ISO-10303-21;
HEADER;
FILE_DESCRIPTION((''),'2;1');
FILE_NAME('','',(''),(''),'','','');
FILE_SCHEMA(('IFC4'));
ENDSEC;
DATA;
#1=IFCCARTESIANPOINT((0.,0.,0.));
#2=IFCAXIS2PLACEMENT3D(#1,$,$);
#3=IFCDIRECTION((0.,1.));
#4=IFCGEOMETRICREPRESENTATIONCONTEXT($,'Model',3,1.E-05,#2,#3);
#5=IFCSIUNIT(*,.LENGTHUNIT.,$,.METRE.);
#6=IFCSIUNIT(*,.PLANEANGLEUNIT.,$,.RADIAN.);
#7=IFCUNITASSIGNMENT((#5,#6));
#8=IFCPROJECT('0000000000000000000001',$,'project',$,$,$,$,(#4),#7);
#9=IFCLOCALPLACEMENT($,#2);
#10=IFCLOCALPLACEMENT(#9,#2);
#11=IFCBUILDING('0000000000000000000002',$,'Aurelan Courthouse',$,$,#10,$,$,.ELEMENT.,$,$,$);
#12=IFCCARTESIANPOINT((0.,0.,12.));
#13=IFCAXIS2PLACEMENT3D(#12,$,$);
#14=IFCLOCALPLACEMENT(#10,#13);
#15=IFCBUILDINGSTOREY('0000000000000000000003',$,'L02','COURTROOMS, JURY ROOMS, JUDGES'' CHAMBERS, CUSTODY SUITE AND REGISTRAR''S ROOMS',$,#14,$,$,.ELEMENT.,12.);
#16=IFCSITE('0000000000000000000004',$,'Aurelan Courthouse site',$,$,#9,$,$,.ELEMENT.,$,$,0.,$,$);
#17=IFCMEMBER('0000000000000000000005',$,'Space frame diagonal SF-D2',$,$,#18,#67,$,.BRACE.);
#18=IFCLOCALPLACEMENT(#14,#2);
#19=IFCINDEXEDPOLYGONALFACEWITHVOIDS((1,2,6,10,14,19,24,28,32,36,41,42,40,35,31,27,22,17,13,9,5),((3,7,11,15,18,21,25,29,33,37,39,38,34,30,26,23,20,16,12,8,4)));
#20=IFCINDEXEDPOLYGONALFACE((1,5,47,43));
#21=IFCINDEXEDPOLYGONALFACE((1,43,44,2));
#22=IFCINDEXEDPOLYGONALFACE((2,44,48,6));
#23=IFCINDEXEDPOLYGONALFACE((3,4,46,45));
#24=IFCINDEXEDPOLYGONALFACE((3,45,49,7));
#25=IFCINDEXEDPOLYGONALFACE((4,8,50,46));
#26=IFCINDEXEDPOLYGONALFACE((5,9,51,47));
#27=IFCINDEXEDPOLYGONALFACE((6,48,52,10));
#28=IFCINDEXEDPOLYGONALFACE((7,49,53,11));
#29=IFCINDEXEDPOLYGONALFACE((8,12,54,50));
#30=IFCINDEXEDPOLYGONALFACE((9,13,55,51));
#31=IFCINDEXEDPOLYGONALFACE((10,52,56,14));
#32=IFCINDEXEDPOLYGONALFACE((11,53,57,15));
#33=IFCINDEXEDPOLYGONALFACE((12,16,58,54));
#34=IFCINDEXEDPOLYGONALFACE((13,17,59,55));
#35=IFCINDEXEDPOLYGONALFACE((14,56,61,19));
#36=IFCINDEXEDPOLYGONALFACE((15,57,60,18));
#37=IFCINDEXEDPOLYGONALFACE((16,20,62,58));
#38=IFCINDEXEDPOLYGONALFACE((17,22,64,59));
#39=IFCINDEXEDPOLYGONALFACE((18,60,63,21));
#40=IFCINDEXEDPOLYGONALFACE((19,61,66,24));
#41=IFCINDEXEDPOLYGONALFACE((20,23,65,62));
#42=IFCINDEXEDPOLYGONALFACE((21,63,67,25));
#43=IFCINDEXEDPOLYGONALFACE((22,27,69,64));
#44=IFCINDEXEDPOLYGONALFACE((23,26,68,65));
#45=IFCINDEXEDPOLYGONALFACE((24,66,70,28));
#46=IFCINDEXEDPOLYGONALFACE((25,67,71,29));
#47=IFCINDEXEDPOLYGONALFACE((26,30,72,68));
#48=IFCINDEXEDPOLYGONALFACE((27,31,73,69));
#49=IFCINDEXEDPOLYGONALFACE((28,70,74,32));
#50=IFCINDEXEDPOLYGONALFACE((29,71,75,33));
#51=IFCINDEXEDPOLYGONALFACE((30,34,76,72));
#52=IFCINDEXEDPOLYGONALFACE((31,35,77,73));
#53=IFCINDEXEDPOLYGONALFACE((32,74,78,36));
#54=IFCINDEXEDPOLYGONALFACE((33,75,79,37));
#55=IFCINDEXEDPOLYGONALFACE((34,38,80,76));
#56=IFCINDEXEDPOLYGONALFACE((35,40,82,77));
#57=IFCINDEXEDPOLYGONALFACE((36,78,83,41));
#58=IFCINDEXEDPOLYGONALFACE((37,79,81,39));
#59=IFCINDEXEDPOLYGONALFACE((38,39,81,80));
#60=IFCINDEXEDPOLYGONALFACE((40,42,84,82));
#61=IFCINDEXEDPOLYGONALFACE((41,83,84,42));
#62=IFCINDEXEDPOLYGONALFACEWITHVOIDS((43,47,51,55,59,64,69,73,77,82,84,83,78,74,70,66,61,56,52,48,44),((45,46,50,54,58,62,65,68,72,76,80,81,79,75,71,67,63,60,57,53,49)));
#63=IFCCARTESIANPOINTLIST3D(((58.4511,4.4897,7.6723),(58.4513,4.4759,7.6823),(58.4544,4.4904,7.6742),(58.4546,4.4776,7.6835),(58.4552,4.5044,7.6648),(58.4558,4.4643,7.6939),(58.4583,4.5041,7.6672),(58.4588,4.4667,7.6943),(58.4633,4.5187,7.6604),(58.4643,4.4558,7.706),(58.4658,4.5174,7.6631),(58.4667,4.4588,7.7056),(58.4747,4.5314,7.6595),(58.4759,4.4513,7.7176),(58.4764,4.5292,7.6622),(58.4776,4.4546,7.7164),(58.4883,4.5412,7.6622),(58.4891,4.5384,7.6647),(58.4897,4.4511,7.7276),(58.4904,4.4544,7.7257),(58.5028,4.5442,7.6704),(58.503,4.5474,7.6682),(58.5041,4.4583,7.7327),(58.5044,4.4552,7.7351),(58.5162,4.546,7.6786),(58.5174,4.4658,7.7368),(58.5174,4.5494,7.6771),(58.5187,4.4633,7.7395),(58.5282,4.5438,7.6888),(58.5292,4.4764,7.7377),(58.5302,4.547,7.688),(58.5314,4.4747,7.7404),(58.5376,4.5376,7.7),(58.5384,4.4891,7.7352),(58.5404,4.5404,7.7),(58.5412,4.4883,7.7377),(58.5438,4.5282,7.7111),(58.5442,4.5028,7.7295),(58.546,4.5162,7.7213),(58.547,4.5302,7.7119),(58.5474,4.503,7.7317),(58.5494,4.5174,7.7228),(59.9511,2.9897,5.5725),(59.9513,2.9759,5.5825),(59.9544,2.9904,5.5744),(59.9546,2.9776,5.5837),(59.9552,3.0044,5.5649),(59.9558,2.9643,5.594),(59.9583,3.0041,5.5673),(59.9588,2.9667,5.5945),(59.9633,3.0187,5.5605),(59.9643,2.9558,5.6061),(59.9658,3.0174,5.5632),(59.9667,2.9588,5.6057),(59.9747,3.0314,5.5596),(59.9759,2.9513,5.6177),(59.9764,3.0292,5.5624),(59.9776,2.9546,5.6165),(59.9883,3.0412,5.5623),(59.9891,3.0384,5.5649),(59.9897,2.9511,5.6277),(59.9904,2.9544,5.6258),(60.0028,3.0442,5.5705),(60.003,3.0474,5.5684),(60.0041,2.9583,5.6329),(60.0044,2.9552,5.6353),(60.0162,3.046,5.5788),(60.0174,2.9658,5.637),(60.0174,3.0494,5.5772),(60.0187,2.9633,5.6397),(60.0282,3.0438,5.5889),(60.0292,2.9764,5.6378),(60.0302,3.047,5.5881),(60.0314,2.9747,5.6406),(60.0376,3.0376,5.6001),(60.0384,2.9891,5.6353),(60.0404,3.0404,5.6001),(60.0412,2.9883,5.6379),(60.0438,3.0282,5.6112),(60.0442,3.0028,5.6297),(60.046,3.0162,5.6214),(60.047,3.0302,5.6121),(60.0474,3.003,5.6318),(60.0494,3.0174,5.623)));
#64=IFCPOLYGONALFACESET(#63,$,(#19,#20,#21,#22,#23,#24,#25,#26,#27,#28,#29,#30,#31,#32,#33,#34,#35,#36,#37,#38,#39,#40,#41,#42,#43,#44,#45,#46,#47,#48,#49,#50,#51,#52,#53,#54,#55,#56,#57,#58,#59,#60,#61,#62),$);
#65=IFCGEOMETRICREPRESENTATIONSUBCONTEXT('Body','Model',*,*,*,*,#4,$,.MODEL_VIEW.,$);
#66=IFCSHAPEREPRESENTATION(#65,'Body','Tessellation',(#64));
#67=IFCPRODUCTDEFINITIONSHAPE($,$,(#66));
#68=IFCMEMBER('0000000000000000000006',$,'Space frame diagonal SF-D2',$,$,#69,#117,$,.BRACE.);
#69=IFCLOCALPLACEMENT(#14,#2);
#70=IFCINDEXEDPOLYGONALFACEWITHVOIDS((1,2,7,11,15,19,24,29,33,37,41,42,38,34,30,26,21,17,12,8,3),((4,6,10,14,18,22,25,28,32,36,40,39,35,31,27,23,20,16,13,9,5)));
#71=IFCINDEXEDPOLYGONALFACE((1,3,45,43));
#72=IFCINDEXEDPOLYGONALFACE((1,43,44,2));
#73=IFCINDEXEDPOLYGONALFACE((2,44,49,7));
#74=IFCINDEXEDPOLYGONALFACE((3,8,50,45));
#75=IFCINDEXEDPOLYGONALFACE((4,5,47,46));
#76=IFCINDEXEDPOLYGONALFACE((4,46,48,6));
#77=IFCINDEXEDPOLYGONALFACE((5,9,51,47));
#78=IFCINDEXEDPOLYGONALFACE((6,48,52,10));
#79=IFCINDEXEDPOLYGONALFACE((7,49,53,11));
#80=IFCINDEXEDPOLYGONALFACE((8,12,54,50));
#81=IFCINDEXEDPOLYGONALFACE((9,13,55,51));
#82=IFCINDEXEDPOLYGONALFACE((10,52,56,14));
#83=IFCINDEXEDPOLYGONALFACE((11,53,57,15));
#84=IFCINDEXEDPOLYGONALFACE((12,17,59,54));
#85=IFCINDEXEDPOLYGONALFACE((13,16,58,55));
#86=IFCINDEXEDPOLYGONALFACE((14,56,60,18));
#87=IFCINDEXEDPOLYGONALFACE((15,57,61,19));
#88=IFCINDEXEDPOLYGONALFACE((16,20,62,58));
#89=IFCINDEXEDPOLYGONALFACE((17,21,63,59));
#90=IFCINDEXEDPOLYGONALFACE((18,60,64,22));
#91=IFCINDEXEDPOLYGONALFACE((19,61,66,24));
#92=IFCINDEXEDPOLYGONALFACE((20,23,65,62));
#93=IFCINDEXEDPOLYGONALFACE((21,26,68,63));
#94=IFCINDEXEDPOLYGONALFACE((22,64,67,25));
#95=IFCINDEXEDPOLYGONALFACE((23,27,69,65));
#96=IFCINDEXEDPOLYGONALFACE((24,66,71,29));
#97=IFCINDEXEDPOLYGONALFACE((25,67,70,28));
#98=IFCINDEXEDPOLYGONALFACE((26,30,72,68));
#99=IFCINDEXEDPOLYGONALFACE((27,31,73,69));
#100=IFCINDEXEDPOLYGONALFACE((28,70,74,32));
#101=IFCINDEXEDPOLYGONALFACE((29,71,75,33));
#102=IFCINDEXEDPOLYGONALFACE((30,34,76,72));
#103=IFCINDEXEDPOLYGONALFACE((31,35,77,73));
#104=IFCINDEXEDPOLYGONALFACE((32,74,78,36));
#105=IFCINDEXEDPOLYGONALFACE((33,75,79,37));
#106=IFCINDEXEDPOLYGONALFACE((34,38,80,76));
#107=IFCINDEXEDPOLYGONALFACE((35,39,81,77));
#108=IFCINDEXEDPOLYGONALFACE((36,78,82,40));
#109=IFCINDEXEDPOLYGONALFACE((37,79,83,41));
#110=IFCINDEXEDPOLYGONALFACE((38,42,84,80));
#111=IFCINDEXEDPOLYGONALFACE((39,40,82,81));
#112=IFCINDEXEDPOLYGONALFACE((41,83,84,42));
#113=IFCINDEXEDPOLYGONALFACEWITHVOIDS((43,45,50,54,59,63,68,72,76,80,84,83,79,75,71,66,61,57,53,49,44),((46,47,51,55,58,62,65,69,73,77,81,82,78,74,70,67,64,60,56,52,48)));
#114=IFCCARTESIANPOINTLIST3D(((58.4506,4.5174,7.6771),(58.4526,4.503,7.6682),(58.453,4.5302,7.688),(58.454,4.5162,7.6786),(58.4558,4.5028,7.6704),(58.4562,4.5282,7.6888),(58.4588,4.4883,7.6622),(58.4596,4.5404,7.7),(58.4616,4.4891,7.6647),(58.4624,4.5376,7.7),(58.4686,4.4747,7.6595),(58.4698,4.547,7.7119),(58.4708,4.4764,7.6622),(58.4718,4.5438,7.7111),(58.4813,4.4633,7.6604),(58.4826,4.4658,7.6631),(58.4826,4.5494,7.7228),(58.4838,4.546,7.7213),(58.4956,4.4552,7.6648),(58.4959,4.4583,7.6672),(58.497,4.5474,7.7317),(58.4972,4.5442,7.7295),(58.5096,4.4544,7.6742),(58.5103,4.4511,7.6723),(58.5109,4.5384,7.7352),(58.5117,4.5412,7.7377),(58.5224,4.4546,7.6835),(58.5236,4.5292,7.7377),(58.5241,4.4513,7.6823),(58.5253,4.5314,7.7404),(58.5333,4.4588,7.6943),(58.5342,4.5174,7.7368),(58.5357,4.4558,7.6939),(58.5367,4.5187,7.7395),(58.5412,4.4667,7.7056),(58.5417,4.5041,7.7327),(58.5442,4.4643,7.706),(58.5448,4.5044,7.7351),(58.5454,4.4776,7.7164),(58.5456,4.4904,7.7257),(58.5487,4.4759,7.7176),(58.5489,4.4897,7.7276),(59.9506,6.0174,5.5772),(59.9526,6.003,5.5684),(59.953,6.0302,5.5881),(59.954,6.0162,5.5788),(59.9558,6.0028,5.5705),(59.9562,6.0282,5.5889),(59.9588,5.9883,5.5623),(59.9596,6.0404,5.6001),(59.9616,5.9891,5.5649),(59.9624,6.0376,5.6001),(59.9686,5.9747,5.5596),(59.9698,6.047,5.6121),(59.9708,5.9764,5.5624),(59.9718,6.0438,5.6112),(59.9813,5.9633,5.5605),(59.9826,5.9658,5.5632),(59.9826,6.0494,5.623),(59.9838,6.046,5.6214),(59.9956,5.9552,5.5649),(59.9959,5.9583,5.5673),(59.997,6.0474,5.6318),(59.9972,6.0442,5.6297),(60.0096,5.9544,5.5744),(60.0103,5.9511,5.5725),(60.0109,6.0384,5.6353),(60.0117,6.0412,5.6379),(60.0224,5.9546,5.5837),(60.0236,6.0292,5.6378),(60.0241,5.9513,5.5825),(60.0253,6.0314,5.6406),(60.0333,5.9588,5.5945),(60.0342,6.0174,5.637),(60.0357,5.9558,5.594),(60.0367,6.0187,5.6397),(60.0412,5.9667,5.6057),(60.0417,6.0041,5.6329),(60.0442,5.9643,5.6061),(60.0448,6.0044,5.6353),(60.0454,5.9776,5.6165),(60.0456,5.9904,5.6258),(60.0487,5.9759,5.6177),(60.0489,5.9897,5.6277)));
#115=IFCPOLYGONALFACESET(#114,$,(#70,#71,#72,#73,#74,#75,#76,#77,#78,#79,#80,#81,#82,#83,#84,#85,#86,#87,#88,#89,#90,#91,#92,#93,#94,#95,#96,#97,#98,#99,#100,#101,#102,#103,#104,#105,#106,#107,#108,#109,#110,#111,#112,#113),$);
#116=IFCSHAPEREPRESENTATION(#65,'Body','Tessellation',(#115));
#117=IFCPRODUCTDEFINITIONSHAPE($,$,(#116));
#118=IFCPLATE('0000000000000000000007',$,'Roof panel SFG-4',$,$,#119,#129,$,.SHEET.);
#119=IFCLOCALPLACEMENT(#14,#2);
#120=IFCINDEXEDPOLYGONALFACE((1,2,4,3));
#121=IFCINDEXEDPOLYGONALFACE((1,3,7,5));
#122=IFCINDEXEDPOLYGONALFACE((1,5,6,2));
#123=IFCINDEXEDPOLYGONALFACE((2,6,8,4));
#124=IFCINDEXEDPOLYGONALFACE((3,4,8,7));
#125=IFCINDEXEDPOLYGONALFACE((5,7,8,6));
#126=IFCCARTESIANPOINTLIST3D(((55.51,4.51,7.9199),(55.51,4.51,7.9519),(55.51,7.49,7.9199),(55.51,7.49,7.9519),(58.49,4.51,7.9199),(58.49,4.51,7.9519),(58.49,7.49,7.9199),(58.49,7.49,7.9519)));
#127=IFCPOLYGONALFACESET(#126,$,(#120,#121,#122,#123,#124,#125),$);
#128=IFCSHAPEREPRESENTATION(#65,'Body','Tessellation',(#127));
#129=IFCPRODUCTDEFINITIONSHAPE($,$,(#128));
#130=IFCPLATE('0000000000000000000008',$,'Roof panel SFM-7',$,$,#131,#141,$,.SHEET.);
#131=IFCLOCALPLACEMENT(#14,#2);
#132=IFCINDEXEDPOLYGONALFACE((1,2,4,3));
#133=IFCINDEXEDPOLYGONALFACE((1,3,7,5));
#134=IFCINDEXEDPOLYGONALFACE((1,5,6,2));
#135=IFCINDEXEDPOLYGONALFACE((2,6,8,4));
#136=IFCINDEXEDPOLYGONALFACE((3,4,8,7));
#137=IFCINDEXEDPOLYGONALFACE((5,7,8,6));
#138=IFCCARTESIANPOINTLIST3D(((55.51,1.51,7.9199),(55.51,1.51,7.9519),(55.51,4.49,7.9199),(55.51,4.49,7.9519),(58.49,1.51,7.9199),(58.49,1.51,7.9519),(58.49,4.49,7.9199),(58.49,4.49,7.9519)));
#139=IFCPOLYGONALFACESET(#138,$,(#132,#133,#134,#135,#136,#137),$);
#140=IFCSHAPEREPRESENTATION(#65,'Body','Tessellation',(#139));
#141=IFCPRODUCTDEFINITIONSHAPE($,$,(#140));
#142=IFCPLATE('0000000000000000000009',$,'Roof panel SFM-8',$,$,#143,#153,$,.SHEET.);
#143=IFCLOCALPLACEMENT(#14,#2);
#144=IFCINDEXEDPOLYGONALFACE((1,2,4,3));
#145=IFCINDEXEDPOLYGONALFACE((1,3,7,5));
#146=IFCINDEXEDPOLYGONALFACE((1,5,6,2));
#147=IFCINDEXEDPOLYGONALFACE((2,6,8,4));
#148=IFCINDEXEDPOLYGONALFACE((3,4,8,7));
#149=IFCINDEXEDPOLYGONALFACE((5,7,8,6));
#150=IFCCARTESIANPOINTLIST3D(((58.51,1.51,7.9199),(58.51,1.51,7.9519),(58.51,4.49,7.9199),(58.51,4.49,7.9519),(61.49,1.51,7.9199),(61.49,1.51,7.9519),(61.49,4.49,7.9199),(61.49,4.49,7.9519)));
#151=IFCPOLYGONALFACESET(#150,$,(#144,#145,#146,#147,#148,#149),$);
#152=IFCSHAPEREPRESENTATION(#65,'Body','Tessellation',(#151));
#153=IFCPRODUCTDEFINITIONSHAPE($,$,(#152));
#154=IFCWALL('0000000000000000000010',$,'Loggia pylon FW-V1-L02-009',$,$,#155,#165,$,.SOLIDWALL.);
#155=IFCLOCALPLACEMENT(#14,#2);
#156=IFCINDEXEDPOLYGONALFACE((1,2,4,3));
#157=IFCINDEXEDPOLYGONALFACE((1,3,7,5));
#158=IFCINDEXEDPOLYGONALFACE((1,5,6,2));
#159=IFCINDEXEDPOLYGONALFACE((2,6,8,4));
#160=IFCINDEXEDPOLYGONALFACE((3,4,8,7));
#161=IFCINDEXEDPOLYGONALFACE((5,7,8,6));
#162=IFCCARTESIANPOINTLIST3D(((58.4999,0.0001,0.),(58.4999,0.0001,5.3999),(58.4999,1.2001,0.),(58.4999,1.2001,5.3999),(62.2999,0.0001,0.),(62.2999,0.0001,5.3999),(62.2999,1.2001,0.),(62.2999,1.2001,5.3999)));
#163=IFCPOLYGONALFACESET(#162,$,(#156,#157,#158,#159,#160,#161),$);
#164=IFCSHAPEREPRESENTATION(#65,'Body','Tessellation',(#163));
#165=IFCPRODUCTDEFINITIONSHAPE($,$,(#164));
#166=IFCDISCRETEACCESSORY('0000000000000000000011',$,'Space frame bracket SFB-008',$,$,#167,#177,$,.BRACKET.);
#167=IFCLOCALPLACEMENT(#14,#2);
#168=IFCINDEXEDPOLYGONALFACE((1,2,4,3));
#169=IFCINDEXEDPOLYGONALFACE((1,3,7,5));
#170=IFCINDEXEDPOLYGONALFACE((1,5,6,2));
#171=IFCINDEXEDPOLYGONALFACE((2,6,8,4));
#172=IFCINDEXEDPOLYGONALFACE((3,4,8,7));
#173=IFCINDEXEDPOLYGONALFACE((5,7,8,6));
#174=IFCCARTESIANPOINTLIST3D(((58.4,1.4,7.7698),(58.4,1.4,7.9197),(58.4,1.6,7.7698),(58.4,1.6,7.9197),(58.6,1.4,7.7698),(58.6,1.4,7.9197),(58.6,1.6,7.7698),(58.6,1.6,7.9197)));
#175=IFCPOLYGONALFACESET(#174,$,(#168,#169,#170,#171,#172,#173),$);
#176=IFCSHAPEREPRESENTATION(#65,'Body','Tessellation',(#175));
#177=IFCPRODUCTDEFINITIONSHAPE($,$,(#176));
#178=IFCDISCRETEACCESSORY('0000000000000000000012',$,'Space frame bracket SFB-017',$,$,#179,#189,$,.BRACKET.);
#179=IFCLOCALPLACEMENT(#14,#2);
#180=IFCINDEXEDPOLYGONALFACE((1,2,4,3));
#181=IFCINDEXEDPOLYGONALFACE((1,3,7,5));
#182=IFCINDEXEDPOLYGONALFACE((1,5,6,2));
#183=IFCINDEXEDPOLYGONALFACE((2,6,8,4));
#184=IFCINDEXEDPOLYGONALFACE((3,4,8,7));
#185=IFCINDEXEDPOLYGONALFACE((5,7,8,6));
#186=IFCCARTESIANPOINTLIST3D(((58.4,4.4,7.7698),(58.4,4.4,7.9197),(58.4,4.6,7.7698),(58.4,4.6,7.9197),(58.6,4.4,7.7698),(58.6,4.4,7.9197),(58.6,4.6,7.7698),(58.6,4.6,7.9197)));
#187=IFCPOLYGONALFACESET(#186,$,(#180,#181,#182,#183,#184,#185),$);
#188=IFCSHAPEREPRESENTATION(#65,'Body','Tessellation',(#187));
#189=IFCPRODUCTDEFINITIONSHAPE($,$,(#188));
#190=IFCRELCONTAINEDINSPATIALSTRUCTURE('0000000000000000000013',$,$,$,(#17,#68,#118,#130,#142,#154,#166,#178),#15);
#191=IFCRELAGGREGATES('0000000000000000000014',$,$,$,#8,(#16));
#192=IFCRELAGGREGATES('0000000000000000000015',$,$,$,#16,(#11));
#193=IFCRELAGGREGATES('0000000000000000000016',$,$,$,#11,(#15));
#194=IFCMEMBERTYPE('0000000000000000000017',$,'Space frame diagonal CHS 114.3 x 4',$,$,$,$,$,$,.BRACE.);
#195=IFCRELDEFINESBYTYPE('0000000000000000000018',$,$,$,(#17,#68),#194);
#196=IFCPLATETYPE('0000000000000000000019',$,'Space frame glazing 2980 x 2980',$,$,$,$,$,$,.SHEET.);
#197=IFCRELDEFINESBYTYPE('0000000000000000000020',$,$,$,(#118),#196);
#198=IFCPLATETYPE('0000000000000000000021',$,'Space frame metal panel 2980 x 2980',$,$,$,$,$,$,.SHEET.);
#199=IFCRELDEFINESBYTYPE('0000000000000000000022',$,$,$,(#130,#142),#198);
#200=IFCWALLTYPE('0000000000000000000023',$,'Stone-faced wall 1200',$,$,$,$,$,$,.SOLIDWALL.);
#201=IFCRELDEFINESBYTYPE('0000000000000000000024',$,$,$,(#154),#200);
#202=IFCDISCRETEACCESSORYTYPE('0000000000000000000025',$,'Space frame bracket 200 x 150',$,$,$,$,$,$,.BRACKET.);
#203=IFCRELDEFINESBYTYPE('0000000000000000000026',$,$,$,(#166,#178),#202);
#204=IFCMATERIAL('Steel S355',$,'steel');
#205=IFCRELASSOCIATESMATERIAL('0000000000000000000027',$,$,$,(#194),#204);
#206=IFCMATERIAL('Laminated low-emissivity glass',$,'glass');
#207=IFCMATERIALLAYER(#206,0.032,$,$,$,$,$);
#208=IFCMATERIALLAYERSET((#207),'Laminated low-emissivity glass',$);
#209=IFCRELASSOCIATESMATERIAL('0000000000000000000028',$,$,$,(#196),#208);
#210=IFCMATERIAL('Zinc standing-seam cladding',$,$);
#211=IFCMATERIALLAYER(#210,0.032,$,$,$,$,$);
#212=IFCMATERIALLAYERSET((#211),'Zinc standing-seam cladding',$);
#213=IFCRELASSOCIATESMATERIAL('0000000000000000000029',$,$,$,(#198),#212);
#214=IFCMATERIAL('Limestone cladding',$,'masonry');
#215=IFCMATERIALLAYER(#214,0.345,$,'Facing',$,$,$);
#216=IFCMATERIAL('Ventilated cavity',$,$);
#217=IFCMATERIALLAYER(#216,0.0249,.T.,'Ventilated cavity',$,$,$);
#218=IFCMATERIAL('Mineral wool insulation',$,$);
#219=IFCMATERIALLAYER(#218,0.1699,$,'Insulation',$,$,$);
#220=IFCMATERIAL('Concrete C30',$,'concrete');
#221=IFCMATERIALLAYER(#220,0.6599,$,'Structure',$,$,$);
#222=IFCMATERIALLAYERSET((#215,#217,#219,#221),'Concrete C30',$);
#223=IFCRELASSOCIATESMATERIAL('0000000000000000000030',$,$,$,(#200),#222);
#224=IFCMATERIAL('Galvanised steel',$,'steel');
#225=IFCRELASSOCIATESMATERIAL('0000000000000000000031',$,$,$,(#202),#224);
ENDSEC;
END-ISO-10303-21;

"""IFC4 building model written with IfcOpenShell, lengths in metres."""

from ifc_helpers import new_model, si_unit, direction, frame, frame_2d, origin, origin_2d, place, context, subcontext, project, spatial, rectangle, hollow_circle, extrude, material, layer, layer_set, material_profile, profile_set, type_object, element, save


model = new_model("IFC4")

# Units and contexts
model_context = context("Model", 3, precision=1e-05, world=origin(), true_north=direction((0.0, 1.0)))
body_context = subcontext(model_context, "Body", "Model", "MODEL_VIEW")
ifc_project = project(units=[si_unit("LENGTHUNIT", "METRE"), si_unit("PLANEANGLEUNIT", "RADIAN")], contexts=[model_context])

# Site, building, storey
site_placement = place(None, origin())
site = spatial("IfcSite", under=ifc_project, at=site_placement, Name="Aurelan Courthouse site", CompositionType="ELEMENT", RefElevation=0.0)
building_placement = place(site_placement, origin())
building = spatial("IfcBuilding", under=site, at=building_placement, Name="Aurelan Courthouse", CompositionType="ELEMENT")
storey_placement = place(building_placement, frame((0.0, 0.0, 12.0)))
storey = spatial("IfcBuildingStorey", under=building, at=storey_placement, Name="L02", Description="COURTROOMS, JURY ROOMS, JUDGES' CHAMBERS, CUSTODY SUITE AND REGISTRAR'S ROOMS", CompositionType="ELEMENT", Elevation=12.0)

# Members
ifc_material_1 = material(Name="Steel S355", Category="steel")
ifc_material_profile_1 = material_profile(ifc_material_1, hollow_circle(Radius=0.0571, WallThickness=0.0039, at=origin_2d()), Name="CHS 114.3 x 4")
ifc_profile_set_1 = profile_set([ifc_material_profile_1], Name="Steel S355")
member_type_1 = type_object("IfcMemberType", Name="Space frame diagonal CHS 114.3 x 4", PredefinedType="BRACE", material=ifc_profile_set_1)
for number, where, z_axis, x_axis, name in (
    (1, (58.5, 4.5, 7.7), (0.502536, -0.502536, -0.703502), (0.707107, 0.707107, 0.0), "Space frame diagonal SF-D2"),
    (2, (58.5, 4.5, 7.7), (0.502536, 0.502536, -0.703502), (-0.707107, 0.707107, 0.0), "Space frame diagonal SF-D2"),
):
    element("IfcMember", number, at=place(storey_placement, frame(where, z_axis=z_axis, x_axis=x_axis)), inside=storey, type_object=member_type_1, Name=name, PredefinedType="BRACE", context=body_context, shape_type="SweptSolid", body=[
        extrude(hollow_circle(Radius=0.0571, WallThickness=0.0039, at=origin_2d()), origin(), (0.0, 0.0, 1.0), 2.9849),
    ])

# Plates
ifc_material_2 = material(Name="Laminated low-emissivity glass", Category="glass")
ifc_layer_1 = layer(ifc_material_2, 0.032)
ifc_layer_set_1 = layer_set([ifc_layer_1], Name="Laminated low-emissivity glass")
plate_type_1 = type_object("IfcPlateType", Name="Space frame glazing 2980 x 2980", PredefinedType="SHEET", material=ifc_layer_set_1)
plate_placement = place(storey_placement, frame((57.0, 6.0, 7.9199), z_axis=(0.0, 0.0, 1.0), x_axis=(1.0, 0.0, 0.0)))
element("IfcPlate", 3, at=plate_placement, inside=storey, type_object=plate_type_1, Name="Roof panel SFG-4", PredefinedType="SHEET", context=body_context, shape_type="SweptSolid", body=[
    extrude(rectangle(XDim=2.98, YDim=2.98, at=origin_2d()), origin(), (0.0, 0.0, 1.0), 0.032),
])
ifc_material_3 = material(Name="Zinc standing-seam cladding")
ifc_layer_2 = layer(ifc_material_3, 0.032)
ifc_layer_set_2 = layer_set([ifc_layer_2], Name="Zinc standing-seam cladding")
plate_type_2 = type_object("IfcPlateType", Name="Space frame metal panel 2980 x 2980", PredefinedType="SHEET", material=ifc_layer_set_2)
for number, where, z_axis, x_axis, name in (
    (4, (57.0, 3.0, 7.9199), (0.0, 0.0, 1.0), (1.0, 0.0, 0.0), "Roof panel SFM-7"),
    (5, (60.0, 3.0, 7.9199), (0.0, 0.0, 1.0), (1.0, 0.0, 0.0), "Roof panel SFM-8"),
):
    element("IfcPlate", number, at=place(storey_placement, frame(where, z_axis=z_axis, x_axis=x_axis)), inside=storey, type_object=plate_type_2, Name=name, PredefinedType="SHEET", context=body_context, shape_type="SweptSolid", body=[
        extrude(rectangle(XDim=2.98, YDim=2.98, at=origin_2d()), origin(), (0.0, 0.0, 1.0), 0.032),
    ])

# Wall
ifc_material_4 = material(Name="Limestone cladding", Category="masonry")
ifc_layer_3 = layer(ifc_material_4, 0.345, Name="Facing")
ifc_material_5 = material(Name="Ventilated cavity")
ifc_layer_4 = layer(ifc_material_5, 0.0249, ventilated=True, Name="Ventilated cavity")
ifc_material_6 = material(Name="Mineral wool insulation")
ifc_layer_5 = layer(ifc_material_6, 0.1699, Name="Insulation")
ifc_material_7 = material(Name="Concrete C30", Category="concrete")
ifc_layer_6 = layer(ifc_material_7, 0.6599, Name="Structure")
ifc_layer_set_3 = layer_set([ifc_layer_3, ifc_layer_4, ifc_layer_5, ifc_layer_6], Name="Concrete C30")
wall_type = type_object("IfcWallType", Name="Stone-faced wall 1200", PredefinedType="SOLIDWALL", material=ifc_layer_set_3)
wall_placement = place(storey_placement, frame((58.5, 0.6001, 0.0), z_axis=(0.0, 0.0, 1.0), x_axis=(1.0, 0.0, 0.0)))
element("IfcWall", 6, at=wall_placement, inside=storey, type_object=wall_type, Name="Loggia pylon FW-V1-L02-009", PredefinedType="SOLIDWALL", context=body_context, shape_type="SweptSolid", body=[
    extrude(rectangle(XDim=3.8, YDim=1.2, at=frame_2d((1.8999, 0.0))), origin(), (0.0, 0.0, 1.0), 5.3999),
])

# Discrete accessories
ifc_material_8 = material(Name="Galvanised steel", Category="steel")
discrete_accessory_type_1 = type_object("IfcDiscreteAccessoryType", Name="Space frame bracket 200 x 150", PredefinedType="BRACKET", material=ifc_material_8)
for number, where, z_axis, x_axis, name in (
    (7, (58.5, 1.5, 7.7698), (0.0, 0.0, 1.0), (1.0, 0.0, 0.0), "Space frame bracket SFB-008"),
    (8, (58.5, 4.5, 7.7698), (0.0, 0.0, 1.0), (1.0, 0.0, 0.0), "Space frame bracket SFB-017"),
):
    element("IfcDiscreteAccessory", number, at=place(storey_placement, frame(where, z_axis=z_axis, x_axis=x_axis)), inside=storey, type_object=discrete_accessory_type_1, Name=name, PredefinedType="BRACKET", context=body_context, shape_type="SweptSolid", body=[
        extrude(rectangle(XDim=0.2, YDim=0.2, at=origin_2d()), origin(), (0.0, 0.0, 1.0), 0.1499),
    ])

save(model, "model.ifc")
